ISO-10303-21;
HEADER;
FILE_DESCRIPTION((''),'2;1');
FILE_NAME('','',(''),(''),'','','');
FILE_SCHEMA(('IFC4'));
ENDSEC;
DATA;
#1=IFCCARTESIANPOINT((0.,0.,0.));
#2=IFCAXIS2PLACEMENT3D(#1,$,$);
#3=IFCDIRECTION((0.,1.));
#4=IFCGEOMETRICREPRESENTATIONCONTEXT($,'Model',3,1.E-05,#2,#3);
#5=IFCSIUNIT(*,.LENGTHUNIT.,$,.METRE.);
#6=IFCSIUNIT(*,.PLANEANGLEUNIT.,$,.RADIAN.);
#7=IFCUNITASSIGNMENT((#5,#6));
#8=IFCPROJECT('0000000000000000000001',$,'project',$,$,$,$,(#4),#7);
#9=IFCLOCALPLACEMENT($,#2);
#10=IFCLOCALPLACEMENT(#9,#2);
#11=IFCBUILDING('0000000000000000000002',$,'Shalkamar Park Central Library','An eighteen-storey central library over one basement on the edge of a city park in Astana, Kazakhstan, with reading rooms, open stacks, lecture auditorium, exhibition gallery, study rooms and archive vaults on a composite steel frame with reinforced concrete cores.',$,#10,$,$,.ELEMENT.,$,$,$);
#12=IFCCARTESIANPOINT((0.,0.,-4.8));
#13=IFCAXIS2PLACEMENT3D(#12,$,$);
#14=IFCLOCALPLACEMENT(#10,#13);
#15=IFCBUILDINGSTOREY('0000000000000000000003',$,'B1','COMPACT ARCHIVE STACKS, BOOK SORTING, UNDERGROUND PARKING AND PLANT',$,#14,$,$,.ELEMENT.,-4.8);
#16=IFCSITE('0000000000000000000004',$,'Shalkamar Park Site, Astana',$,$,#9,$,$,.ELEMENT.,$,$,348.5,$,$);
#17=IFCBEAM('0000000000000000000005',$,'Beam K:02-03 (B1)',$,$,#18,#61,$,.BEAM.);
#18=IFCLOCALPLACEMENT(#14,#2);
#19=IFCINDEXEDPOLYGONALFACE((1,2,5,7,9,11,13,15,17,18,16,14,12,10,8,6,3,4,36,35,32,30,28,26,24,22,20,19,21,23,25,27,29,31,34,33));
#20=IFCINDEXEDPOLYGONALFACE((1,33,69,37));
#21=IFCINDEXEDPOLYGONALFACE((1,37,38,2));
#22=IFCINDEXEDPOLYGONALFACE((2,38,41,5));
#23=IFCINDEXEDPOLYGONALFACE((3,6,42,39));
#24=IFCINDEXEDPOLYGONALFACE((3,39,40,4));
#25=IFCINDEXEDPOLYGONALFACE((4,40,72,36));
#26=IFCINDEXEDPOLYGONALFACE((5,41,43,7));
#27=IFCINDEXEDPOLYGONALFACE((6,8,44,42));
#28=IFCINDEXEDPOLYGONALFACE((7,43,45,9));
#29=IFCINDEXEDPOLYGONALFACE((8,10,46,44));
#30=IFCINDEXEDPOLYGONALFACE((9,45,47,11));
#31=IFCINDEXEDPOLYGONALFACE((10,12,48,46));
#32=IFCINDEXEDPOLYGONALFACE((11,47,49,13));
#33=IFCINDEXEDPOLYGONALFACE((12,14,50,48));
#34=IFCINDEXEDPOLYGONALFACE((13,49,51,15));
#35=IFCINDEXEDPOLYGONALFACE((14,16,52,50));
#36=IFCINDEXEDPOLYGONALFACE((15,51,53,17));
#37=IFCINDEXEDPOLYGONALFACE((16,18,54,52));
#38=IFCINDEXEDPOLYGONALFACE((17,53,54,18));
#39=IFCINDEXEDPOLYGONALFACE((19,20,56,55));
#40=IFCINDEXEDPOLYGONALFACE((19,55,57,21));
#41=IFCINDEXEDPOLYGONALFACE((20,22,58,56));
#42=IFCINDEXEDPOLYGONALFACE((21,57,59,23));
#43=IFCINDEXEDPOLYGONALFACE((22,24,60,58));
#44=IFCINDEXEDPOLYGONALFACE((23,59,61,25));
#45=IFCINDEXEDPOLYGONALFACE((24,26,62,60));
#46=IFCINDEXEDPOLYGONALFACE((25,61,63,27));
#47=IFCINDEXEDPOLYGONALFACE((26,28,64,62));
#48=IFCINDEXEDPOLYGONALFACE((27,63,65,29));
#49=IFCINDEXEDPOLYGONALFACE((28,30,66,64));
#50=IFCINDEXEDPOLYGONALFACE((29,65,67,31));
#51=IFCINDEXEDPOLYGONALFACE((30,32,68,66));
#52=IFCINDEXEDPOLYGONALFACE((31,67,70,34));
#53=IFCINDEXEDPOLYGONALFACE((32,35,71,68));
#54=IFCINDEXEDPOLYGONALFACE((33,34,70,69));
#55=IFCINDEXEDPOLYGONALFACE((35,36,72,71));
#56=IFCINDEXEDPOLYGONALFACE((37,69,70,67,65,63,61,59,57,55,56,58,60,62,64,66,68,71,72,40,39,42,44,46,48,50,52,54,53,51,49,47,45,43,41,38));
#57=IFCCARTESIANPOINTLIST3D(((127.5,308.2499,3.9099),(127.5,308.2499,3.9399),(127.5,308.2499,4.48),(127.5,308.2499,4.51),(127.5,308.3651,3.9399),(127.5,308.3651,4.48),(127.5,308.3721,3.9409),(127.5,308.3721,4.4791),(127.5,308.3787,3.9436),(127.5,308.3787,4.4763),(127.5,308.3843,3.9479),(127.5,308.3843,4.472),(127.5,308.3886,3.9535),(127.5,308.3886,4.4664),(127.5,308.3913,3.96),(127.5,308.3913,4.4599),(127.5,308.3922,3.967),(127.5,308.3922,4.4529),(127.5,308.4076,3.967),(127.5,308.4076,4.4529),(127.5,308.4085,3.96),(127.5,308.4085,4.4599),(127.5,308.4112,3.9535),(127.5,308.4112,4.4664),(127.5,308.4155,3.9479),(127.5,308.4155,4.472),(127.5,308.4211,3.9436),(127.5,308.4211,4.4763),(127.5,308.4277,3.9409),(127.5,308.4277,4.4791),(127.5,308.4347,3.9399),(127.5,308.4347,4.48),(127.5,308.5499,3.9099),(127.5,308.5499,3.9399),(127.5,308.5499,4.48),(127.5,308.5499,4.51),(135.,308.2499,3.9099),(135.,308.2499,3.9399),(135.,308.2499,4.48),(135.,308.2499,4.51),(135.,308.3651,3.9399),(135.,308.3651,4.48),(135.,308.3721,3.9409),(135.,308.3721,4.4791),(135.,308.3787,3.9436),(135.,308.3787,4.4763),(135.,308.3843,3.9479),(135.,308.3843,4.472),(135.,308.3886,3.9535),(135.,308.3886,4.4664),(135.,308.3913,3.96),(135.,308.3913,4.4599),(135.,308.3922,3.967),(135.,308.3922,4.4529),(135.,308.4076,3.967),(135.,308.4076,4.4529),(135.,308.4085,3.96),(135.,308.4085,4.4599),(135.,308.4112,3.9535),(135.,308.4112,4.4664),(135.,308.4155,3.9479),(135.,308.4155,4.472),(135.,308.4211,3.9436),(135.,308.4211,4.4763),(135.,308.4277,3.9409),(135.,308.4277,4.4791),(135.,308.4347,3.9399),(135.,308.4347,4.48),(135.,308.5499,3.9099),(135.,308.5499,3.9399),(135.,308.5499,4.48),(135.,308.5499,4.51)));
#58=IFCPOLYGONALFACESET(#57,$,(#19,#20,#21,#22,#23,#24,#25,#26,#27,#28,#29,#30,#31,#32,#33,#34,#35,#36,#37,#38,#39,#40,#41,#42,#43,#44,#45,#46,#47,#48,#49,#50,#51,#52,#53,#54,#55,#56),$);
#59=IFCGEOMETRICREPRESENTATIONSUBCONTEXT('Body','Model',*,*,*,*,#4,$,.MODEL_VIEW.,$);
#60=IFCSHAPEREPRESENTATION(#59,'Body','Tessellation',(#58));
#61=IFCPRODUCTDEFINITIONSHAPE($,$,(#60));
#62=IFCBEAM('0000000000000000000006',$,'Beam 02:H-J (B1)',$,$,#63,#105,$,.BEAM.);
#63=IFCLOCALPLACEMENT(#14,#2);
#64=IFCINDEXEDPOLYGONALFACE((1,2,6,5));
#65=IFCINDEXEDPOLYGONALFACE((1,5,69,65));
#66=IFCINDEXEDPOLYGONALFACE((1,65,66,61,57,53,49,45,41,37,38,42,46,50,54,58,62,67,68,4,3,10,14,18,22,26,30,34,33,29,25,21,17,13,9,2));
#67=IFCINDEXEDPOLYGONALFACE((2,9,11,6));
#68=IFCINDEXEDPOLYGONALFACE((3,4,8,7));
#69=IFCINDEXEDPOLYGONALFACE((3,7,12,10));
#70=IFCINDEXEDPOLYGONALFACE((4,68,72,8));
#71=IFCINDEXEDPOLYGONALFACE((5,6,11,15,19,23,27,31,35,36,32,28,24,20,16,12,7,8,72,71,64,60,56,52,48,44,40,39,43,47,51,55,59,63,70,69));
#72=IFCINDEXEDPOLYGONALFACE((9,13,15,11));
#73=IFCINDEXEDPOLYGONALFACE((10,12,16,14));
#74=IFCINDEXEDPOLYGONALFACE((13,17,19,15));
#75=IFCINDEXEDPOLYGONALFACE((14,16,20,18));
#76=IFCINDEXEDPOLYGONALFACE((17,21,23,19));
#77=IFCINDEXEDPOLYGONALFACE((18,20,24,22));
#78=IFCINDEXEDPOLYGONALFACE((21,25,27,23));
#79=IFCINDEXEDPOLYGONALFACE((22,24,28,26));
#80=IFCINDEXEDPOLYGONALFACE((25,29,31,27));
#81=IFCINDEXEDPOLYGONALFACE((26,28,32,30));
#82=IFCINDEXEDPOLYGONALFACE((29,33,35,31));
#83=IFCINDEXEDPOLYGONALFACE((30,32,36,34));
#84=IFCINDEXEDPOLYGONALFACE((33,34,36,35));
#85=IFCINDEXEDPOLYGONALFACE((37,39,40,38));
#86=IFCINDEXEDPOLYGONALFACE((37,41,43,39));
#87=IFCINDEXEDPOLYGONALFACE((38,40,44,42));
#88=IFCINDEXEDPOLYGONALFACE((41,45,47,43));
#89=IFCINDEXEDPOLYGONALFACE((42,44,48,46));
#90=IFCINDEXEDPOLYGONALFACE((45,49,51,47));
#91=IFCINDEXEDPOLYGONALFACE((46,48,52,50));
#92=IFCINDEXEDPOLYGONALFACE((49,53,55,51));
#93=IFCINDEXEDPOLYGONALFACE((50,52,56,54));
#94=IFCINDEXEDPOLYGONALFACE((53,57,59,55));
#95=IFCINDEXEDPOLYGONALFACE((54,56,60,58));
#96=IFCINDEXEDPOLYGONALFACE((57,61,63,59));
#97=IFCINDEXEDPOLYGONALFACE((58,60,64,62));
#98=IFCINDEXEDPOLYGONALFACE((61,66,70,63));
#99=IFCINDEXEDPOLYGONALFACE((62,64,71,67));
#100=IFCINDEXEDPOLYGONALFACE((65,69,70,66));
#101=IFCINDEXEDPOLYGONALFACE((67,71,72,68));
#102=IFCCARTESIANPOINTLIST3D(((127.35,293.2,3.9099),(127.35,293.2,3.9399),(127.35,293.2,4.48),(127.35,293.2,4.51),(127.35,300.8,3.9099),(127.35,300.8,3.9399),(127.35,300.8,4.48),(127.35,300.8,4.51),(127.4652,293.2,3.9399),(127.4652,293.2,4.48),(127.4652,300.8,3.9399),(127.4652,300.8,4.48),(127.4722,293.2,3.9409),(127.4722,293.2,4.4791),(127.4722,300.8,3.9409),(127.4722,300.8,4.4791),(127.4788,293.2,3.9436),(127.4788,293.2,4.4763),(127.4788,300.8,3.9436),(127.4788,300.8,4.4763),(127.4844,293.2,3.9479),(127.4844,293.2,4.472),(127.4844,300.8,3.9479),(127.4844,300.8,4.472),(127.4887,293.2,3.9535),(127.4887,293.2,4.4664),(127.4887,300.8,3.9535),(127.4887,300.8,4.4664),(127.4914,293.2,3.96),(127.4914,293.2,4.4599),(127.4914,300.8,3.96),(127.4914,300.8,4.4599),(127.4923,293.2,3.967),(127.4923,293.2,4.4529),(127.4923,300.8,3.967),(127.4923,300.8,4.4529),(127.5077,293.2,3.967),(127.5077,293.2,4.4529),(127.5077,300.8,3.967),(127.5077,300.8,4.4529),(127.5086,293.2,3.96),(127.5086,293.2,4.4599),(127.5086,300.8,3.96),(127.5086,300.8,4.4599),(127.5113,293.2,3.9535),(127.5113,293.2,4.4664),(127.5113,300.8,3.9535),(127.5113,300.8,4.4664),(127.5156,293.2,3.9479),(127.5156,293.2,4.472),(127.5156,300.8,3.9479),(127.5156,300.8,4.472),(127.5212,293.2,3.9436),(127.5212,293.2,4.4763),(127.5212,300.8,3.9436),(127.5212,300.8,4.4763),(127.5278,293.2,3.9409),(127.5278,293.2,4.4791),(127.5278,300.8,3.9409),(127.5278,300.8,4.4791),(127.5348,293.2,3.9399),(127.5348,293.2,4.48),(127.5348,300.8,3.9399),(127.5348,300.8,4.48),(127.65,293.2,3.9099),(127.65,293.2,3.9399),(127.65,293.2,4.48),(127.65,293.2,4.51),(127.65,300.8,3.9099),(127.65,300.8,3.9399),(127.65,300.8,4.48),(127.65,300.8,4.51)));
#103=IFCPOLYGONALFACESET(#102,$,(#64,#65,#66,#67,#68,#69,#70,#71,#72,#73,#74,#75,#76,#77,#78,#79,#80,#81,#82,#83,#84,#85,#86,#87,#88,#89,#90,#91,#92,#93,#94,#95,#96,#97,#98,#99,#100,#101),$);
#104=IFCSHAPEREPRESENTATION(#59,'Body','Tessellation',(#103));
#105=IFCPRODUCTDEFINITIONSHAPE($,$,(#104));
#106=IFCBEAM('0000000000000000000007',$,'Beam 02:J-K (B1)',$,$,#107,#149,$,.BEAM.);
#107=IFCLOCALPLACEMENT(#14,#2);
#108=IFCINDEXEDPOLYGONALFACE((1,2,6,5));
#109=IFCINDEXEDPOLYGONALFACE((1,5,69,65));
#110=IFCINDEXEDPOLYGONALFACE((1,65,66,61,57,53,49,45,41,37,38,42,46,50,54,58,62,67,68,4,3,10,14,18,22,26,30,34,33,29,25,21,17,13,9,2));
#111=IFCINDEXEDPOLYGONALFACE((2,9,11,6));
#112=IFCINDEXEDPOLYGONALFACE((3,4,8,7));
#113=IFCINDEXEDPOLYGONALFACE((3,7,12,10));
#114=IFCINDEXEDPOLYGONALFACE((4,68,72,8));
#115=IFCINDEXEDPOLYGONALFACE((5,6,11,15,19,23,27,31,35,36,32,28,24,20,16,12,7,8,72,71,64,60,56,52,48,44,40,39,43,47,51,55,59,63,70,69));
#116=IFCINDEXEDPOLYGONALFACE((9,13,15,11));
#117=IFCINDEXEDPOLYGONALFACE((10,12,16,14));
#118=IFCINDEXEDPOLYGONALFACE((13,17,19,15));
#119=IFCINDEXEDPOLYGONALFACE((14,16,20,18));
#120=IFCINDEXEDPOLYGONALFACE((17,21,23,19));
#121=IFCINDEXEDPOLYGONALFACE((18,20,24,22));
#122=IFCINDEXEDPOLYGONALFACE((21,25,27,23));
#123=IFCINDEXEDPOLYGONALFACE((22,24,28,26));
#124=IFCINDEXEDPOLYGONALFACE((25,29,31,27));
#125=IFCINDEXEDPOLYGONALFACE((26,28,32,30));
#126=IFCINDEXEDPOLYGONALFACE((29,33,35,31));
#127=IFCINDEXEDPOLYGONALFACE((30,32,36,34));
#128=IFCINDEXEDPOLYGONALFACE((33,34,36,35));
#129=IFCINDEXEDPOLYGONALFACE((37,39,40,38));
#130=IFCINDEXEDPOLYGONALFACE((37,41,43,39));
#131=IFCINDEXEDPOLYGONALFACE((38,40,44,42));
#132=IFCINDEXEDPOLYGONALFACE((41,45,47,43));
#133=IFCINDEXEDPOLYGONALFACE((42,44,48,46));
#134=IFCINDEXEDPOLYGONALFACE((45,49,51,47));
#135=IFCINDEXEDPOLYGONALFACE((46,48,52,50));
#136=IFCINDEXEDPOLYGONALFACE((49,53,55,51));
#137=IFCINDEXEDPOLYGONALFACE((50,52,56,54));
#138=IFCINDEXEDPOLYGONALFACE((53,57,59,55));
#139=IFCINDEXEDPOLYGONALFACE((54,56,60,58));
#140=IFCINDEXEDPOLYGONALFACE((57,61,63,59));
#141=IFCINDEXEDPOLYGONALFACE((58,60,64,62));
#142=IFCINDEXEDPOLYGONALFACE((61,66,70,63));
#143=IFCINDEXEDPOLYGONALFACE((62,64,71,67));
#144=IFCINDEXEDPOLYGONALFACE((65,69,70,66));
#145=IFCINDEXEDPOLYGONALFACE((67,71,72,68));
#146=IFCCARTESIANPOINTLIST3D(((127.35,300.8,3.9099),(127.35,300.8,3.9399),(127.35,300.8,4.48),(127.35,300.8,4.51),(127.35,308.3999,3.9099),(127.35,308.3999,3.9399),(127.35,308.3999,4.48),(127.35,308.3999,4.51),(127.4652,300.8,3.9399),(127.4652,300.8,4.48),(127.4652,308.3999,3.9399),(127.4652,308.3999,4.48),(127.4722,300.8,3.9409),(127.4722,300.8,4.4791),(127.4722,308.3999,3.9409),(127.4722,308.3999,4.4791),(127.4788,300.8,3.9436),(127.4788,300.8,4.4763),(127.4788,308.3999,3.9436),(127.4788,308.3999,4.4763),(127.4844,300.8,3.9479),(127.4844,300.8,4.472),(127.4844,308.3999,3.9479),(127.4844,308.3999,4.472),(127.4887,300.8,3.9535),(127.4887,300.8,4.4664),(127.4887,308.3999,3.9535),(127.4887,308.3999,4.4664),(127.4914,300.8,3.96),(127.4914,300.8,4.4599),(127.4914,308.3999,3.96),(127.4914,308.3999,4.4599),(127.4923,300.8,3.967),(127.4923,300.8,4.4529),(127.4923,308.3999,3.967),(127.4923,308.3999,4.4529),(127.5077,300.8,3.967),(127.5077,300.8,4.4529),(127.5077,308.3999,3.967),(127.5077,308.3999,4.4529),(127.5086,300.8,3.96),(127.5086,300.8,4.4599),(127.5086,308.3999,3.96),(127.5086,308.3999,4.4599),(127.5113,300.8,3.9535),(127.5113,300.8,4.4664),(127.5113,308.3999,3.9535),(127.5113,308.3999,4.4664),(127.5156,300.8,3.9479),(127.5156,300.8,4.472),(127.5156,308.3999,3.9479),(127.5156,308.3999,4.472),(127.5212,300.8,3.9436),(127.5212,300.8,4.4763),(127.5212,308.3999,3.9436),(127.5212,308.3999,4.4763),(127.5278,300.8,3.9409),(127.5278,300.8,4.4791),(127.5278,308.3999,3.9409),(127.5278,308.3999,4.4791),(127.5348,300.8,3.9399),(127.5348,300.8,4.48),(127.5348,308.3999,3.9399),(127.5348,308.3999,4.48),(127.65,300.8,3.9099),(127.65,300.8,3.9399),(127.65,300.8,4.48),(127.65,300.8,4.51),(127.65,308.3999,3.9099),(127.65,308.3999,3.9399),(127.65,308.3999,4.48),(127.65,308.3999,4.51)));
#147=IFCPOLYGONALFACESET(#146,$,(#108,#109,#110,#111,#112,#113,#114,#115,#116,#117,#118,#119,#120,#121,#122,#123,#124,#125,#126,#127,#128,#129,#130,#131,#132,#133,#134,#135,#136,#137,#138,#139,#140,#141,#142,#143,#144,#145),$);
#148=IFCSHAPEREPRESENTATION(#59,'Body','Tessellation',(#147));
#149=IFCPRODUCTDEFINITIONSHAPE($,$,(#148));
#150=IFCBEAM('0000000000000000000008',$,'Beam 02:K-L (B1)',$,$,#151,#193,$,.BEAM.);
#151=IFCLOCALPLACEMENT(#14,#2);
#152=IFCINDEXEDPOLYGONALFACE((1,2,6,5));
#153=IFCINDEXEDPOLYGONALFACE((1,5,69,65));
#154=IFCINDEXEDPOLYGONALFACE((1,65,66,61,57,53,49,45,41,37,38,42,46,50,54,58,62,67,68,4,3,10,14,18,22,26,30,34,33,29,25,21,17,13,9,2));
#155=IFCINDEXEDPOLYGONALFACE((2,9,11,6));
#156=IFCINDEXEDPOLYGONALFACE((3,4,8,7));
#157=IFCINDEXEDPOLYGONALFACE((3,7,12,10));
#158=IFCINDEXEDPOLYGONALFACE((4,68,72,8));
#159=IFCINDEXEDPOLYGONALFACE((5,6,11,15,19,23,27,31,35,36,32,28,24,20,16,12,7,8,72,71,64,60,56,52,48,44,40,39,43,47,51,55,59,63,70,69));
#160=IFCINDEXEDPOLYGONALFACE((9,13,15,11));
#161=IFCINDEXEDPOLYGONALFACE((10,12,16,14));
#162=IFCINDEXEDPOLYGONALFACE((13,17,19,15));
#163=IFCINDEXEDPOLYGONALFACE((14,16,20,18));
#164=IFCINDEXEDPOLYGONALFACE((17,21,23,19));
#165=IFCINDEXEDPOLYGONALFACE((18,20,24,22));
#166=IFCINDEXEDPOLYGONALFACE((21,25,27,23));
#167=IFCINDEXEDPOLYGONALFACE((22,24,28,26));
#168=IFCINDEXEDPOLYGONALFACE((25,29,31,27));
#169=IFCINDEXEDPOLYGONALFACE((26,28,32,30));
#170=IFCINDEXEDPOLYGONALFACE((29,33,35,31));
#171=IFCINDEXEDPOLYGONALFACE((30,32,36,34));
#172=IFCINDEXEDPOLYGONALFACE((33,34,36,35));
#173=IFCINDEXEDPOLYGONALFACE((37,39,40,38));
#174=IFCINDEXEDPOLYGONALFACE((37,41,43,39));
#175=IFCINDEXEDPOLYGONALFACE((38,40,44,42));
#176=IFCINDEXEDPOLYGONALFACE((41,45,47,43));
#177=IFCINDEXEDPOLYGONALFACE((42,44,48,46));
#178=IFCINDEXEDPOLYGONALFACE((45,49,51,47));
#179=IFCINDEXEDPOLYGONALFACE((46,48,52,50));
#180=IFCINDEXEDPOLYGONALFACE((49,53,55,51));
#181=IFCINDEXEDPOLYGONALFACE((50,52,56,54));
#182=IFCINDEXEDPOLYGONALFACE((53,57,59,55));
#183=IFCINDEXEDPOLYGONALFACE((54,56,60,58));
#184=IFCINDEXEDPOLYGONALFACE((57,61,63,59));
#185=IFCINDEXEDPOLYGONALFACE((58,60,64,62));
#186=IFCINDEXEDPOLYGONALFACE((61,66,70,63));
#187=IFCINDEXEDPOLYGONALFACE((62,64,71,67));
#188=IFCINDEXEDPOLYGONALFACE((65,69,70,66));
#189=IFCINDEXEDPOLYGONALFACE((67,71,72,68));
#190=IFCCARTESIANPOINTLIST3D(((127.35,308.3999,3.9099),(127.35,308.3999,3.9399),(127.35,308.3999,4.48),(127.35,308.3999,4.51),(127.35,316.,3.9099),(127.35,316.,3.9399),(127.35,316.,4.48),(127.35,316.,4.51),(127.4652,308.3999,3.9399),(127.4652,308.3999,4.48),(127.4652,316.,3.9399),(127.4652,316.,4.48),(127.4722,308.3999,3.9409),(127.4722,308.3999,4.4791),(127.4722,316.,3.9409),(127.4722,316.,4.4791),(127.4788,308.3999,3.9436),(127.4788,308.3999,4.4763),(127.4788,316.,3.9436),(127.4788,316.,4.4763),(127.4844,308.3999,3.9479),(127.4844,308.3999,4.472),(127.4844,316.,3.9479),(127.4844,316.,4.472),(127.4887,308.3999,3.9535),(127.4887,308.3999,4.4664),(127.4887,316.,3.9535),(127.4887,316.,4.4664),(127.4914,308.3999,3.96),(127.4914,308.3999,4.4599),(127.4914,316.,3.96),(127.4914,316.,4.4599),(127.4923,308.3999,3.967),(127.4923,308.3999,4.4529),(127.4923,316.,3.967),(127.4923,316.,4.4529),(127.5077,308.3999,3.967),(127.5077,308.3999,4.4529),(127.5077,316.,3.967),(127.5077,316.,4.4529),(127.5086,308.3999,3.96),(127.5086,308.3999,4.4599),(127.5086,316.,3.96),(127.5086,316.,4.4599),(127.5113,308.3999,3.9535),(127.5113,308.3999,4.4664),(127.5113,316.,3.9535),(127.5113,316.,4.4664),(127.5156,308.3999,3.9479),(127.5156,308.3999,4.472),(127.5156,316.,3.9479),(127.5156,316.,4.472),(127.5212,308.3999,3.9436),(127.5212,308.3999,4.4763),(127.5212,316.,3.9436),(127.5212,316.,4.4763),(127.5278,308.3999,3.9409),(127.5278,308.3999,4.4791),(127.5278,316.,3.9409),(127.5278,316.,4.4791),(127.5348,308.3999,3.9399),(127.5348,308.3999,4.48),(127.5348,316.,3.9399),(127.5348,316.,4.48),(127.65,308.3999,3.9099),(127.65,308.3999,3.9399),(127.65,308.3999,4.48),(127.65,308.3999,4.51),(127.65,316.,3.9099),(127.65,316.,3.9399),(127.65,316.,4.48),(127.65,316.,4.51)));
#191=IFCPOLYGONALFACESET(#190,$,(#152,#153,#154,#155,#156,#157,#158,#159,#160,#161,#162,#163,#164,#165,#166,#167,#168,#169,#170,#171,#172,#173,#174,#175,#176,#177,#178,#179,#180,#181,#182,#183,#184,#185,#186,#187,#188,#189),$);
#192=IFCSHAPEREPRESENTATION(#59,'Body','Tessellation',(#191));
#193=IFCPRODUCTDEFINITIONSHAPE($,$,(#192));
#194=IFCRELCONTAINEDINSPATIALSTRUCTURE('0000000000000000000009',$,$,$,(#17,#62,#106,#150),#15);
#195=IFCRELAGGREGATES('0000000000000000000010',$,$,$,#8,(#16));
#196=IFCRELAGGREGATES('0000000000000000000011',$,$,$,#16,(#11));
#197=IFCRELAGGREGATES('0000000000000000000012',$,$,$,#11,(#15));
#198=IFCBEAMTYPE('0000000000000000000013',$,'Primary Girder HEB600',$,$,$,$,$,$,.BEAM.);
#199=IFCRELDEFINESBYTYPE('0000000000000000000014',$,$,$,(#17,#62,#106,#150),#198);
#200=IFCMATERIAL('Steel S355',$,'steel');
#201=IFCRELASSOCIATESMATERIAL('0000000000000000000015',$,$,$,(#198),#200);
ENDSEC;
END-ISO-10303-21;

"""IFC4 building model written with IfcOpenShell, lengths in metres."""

from ifc_helpers import new_model, si_unit, direction, frame, origin, origin_2d, place, context, subcontext, project, spatial, i_section, extrude, material, material_profile, profile_set, type_object, element, save


model = new_model("IFC4")

# Units and contexts
model_context = context("Model", 3, precision=1e-05, world=origin(), true_north=direction((0.0, 1.0)))
body_context = subcontext(model_context, "Body", "Model", "MODEL_VIEW")
ifc_project = project(units=[si_unit("LENGTHUNIT", "METRE"), si_unit("PLANEANGLEUNIT", "RADIAN")], contexts=[model_context])

# Site, building, storey
site_placement = place(None, origin())
site = spatial("IfcSite", under=ifc_project, at=site_placement, Name="Shalkamar Park Site, Astana", CompositionType="ELEMENT", RefElevation=348.5)
building_placement = place(site_placement, origin())
building = spatial("IfcBuilding", under=site, at=building_placement, Name="Shalkamar Park Central Library", Description="An eighteen-storey central library over one basement on the edge of a city park in Astana, Kazakhstan, with reading rooms, open stacks, lecture auditorium, exhibition gallery, study rooms and archive vaults on a composite steel frame with reinforced concrete cores.", CompositionType="ELEMENT")
storey_placement = place(building_placement, frame((0.0, 0.0, -4.8)))
storey = spatial("IfcBuildingStorey", under=building, at=storey_placement, Name="B1", Description="COMPACT ARCHIVE STACKS, BOOK SORTING, UNDERGROUND PARKING AND PLANT", CompositionType="ELEMENT", Elevation=-4.8)

# Shared definitions
ifc_material_1 = material(Name="Steel S355", Category="steel")

# Beams
ifc_material_profile_1 = material_profile(ifc_material_1, i_section(OverallWidth=0.3, OverallDepth=0.6001, WebThickness=0.0154, FlangeThickness=0.03, FilletRadius=0.0271, at=origin_2d()), Name="HEB 600")
ifc_profile_set_1 = profile_set([ifc_material_profile_1], Name="Steel S355")
beam_type = type_object("IfcBeamType", Name="Primary Girder HEB600", PredefinedType="BEAM", material=ifc_profile_set_1)
for number, where, z_axis, x_axis, name in (
    (1, (127.5, 308.3999, 4.21), (1.0, 0.0, 0.0), (0.0, 1.0, 0.0), "Beam K:02-03 (B1)"),
):
    element("IfcBeam", number, at=place(storey_placement, frame(where, z_axis=z_axis, x_axis=x_axis)), inside=storey, type_object=beam_type, Name=name, PredefinedType="BEAM", context=body_context, shape_type="SweptSolid", body=[
        extrude(i_section(OverallWidth=0.3, OverallDepth=0.6001, WebThickness=0.0154, FlangeThickness=0.03, FilletRadius=0.0271, at=origin_2d()), origin(), (0.0, 0.0, 1.0), 7.5),
    ])
beam_1_placement = place(storey_placement, frame((127.5, 293.2, 4.21), z_axis=(0.0, 1.0, 0.0), x_axis=(-1.0, 0.0, 0.0)))
element("IfcBeam", 2, at=beam_1_placement, inside=storey, type_object=beam_type, Name="Beam 02:H-J (B1)", PredefinedType="BEAM", context=body_context, shape_type="SweptSolid", body=[
    extrude(i_section(OverallWidth=0.3, OverallDepth=0.6001, WebThickness=0.0154, FlangeThickness=0.03, FilletRadius=0.0271, at=origin_2d()), origin(), (0.0, 0.0, 1.0), 7.6001),
])
beam_2_placement = place(storey_placement, frame((127.5, 300.8, 4.21), z_axis=(0.0, 1.0, 0.0), x_axis=(-1.0, 0.0, 0.0)))
element("IfcBeam", 3, at=beam_2_placement, inside=storey, type_object=beam_type, Name="Beam 02:J-K (B1)", PredefinedType="BEAM", context=body_context, shape_type="SweptSolid", body=[
    extrude(i_section(OverallWidth=0.3, OverallDepth=0.6001, WebThickness=0.0154, FlangeThickness=0.03, FilletRadius=0.0271, at=origin_2d()), origin(), (0.0, 0.0, 1.0), 7.5999),
])
for number, where, z_axis, x_axis, name in (
    (4, (127.5, 308.3999, 4.21), (0.0, 1.0, 0.0), (-1.0, 0.0, 0.0), "Beam 02:K-L (B1)"),
):
    element("IfcBeam", number, at=place(storey_placement, frame(where, z_axis=z_axis, x_axis=x_axis)), inside=storey, type_object=beam_type, Name=name, PredefinedType="BEAM", context=body_context, shape_type="SweptSolid", body=[
        extrude(i_section(OverallWidth=0.3, OverallDepth=0.6001, WebThickness=0.0154, FlangeThickness=0.03, FilletRadius=0.0271, at=origin_2d()), origin(), (0.0, 0.0, 1.0), 7.6001),
    ])

save(model, "model.ifc")
